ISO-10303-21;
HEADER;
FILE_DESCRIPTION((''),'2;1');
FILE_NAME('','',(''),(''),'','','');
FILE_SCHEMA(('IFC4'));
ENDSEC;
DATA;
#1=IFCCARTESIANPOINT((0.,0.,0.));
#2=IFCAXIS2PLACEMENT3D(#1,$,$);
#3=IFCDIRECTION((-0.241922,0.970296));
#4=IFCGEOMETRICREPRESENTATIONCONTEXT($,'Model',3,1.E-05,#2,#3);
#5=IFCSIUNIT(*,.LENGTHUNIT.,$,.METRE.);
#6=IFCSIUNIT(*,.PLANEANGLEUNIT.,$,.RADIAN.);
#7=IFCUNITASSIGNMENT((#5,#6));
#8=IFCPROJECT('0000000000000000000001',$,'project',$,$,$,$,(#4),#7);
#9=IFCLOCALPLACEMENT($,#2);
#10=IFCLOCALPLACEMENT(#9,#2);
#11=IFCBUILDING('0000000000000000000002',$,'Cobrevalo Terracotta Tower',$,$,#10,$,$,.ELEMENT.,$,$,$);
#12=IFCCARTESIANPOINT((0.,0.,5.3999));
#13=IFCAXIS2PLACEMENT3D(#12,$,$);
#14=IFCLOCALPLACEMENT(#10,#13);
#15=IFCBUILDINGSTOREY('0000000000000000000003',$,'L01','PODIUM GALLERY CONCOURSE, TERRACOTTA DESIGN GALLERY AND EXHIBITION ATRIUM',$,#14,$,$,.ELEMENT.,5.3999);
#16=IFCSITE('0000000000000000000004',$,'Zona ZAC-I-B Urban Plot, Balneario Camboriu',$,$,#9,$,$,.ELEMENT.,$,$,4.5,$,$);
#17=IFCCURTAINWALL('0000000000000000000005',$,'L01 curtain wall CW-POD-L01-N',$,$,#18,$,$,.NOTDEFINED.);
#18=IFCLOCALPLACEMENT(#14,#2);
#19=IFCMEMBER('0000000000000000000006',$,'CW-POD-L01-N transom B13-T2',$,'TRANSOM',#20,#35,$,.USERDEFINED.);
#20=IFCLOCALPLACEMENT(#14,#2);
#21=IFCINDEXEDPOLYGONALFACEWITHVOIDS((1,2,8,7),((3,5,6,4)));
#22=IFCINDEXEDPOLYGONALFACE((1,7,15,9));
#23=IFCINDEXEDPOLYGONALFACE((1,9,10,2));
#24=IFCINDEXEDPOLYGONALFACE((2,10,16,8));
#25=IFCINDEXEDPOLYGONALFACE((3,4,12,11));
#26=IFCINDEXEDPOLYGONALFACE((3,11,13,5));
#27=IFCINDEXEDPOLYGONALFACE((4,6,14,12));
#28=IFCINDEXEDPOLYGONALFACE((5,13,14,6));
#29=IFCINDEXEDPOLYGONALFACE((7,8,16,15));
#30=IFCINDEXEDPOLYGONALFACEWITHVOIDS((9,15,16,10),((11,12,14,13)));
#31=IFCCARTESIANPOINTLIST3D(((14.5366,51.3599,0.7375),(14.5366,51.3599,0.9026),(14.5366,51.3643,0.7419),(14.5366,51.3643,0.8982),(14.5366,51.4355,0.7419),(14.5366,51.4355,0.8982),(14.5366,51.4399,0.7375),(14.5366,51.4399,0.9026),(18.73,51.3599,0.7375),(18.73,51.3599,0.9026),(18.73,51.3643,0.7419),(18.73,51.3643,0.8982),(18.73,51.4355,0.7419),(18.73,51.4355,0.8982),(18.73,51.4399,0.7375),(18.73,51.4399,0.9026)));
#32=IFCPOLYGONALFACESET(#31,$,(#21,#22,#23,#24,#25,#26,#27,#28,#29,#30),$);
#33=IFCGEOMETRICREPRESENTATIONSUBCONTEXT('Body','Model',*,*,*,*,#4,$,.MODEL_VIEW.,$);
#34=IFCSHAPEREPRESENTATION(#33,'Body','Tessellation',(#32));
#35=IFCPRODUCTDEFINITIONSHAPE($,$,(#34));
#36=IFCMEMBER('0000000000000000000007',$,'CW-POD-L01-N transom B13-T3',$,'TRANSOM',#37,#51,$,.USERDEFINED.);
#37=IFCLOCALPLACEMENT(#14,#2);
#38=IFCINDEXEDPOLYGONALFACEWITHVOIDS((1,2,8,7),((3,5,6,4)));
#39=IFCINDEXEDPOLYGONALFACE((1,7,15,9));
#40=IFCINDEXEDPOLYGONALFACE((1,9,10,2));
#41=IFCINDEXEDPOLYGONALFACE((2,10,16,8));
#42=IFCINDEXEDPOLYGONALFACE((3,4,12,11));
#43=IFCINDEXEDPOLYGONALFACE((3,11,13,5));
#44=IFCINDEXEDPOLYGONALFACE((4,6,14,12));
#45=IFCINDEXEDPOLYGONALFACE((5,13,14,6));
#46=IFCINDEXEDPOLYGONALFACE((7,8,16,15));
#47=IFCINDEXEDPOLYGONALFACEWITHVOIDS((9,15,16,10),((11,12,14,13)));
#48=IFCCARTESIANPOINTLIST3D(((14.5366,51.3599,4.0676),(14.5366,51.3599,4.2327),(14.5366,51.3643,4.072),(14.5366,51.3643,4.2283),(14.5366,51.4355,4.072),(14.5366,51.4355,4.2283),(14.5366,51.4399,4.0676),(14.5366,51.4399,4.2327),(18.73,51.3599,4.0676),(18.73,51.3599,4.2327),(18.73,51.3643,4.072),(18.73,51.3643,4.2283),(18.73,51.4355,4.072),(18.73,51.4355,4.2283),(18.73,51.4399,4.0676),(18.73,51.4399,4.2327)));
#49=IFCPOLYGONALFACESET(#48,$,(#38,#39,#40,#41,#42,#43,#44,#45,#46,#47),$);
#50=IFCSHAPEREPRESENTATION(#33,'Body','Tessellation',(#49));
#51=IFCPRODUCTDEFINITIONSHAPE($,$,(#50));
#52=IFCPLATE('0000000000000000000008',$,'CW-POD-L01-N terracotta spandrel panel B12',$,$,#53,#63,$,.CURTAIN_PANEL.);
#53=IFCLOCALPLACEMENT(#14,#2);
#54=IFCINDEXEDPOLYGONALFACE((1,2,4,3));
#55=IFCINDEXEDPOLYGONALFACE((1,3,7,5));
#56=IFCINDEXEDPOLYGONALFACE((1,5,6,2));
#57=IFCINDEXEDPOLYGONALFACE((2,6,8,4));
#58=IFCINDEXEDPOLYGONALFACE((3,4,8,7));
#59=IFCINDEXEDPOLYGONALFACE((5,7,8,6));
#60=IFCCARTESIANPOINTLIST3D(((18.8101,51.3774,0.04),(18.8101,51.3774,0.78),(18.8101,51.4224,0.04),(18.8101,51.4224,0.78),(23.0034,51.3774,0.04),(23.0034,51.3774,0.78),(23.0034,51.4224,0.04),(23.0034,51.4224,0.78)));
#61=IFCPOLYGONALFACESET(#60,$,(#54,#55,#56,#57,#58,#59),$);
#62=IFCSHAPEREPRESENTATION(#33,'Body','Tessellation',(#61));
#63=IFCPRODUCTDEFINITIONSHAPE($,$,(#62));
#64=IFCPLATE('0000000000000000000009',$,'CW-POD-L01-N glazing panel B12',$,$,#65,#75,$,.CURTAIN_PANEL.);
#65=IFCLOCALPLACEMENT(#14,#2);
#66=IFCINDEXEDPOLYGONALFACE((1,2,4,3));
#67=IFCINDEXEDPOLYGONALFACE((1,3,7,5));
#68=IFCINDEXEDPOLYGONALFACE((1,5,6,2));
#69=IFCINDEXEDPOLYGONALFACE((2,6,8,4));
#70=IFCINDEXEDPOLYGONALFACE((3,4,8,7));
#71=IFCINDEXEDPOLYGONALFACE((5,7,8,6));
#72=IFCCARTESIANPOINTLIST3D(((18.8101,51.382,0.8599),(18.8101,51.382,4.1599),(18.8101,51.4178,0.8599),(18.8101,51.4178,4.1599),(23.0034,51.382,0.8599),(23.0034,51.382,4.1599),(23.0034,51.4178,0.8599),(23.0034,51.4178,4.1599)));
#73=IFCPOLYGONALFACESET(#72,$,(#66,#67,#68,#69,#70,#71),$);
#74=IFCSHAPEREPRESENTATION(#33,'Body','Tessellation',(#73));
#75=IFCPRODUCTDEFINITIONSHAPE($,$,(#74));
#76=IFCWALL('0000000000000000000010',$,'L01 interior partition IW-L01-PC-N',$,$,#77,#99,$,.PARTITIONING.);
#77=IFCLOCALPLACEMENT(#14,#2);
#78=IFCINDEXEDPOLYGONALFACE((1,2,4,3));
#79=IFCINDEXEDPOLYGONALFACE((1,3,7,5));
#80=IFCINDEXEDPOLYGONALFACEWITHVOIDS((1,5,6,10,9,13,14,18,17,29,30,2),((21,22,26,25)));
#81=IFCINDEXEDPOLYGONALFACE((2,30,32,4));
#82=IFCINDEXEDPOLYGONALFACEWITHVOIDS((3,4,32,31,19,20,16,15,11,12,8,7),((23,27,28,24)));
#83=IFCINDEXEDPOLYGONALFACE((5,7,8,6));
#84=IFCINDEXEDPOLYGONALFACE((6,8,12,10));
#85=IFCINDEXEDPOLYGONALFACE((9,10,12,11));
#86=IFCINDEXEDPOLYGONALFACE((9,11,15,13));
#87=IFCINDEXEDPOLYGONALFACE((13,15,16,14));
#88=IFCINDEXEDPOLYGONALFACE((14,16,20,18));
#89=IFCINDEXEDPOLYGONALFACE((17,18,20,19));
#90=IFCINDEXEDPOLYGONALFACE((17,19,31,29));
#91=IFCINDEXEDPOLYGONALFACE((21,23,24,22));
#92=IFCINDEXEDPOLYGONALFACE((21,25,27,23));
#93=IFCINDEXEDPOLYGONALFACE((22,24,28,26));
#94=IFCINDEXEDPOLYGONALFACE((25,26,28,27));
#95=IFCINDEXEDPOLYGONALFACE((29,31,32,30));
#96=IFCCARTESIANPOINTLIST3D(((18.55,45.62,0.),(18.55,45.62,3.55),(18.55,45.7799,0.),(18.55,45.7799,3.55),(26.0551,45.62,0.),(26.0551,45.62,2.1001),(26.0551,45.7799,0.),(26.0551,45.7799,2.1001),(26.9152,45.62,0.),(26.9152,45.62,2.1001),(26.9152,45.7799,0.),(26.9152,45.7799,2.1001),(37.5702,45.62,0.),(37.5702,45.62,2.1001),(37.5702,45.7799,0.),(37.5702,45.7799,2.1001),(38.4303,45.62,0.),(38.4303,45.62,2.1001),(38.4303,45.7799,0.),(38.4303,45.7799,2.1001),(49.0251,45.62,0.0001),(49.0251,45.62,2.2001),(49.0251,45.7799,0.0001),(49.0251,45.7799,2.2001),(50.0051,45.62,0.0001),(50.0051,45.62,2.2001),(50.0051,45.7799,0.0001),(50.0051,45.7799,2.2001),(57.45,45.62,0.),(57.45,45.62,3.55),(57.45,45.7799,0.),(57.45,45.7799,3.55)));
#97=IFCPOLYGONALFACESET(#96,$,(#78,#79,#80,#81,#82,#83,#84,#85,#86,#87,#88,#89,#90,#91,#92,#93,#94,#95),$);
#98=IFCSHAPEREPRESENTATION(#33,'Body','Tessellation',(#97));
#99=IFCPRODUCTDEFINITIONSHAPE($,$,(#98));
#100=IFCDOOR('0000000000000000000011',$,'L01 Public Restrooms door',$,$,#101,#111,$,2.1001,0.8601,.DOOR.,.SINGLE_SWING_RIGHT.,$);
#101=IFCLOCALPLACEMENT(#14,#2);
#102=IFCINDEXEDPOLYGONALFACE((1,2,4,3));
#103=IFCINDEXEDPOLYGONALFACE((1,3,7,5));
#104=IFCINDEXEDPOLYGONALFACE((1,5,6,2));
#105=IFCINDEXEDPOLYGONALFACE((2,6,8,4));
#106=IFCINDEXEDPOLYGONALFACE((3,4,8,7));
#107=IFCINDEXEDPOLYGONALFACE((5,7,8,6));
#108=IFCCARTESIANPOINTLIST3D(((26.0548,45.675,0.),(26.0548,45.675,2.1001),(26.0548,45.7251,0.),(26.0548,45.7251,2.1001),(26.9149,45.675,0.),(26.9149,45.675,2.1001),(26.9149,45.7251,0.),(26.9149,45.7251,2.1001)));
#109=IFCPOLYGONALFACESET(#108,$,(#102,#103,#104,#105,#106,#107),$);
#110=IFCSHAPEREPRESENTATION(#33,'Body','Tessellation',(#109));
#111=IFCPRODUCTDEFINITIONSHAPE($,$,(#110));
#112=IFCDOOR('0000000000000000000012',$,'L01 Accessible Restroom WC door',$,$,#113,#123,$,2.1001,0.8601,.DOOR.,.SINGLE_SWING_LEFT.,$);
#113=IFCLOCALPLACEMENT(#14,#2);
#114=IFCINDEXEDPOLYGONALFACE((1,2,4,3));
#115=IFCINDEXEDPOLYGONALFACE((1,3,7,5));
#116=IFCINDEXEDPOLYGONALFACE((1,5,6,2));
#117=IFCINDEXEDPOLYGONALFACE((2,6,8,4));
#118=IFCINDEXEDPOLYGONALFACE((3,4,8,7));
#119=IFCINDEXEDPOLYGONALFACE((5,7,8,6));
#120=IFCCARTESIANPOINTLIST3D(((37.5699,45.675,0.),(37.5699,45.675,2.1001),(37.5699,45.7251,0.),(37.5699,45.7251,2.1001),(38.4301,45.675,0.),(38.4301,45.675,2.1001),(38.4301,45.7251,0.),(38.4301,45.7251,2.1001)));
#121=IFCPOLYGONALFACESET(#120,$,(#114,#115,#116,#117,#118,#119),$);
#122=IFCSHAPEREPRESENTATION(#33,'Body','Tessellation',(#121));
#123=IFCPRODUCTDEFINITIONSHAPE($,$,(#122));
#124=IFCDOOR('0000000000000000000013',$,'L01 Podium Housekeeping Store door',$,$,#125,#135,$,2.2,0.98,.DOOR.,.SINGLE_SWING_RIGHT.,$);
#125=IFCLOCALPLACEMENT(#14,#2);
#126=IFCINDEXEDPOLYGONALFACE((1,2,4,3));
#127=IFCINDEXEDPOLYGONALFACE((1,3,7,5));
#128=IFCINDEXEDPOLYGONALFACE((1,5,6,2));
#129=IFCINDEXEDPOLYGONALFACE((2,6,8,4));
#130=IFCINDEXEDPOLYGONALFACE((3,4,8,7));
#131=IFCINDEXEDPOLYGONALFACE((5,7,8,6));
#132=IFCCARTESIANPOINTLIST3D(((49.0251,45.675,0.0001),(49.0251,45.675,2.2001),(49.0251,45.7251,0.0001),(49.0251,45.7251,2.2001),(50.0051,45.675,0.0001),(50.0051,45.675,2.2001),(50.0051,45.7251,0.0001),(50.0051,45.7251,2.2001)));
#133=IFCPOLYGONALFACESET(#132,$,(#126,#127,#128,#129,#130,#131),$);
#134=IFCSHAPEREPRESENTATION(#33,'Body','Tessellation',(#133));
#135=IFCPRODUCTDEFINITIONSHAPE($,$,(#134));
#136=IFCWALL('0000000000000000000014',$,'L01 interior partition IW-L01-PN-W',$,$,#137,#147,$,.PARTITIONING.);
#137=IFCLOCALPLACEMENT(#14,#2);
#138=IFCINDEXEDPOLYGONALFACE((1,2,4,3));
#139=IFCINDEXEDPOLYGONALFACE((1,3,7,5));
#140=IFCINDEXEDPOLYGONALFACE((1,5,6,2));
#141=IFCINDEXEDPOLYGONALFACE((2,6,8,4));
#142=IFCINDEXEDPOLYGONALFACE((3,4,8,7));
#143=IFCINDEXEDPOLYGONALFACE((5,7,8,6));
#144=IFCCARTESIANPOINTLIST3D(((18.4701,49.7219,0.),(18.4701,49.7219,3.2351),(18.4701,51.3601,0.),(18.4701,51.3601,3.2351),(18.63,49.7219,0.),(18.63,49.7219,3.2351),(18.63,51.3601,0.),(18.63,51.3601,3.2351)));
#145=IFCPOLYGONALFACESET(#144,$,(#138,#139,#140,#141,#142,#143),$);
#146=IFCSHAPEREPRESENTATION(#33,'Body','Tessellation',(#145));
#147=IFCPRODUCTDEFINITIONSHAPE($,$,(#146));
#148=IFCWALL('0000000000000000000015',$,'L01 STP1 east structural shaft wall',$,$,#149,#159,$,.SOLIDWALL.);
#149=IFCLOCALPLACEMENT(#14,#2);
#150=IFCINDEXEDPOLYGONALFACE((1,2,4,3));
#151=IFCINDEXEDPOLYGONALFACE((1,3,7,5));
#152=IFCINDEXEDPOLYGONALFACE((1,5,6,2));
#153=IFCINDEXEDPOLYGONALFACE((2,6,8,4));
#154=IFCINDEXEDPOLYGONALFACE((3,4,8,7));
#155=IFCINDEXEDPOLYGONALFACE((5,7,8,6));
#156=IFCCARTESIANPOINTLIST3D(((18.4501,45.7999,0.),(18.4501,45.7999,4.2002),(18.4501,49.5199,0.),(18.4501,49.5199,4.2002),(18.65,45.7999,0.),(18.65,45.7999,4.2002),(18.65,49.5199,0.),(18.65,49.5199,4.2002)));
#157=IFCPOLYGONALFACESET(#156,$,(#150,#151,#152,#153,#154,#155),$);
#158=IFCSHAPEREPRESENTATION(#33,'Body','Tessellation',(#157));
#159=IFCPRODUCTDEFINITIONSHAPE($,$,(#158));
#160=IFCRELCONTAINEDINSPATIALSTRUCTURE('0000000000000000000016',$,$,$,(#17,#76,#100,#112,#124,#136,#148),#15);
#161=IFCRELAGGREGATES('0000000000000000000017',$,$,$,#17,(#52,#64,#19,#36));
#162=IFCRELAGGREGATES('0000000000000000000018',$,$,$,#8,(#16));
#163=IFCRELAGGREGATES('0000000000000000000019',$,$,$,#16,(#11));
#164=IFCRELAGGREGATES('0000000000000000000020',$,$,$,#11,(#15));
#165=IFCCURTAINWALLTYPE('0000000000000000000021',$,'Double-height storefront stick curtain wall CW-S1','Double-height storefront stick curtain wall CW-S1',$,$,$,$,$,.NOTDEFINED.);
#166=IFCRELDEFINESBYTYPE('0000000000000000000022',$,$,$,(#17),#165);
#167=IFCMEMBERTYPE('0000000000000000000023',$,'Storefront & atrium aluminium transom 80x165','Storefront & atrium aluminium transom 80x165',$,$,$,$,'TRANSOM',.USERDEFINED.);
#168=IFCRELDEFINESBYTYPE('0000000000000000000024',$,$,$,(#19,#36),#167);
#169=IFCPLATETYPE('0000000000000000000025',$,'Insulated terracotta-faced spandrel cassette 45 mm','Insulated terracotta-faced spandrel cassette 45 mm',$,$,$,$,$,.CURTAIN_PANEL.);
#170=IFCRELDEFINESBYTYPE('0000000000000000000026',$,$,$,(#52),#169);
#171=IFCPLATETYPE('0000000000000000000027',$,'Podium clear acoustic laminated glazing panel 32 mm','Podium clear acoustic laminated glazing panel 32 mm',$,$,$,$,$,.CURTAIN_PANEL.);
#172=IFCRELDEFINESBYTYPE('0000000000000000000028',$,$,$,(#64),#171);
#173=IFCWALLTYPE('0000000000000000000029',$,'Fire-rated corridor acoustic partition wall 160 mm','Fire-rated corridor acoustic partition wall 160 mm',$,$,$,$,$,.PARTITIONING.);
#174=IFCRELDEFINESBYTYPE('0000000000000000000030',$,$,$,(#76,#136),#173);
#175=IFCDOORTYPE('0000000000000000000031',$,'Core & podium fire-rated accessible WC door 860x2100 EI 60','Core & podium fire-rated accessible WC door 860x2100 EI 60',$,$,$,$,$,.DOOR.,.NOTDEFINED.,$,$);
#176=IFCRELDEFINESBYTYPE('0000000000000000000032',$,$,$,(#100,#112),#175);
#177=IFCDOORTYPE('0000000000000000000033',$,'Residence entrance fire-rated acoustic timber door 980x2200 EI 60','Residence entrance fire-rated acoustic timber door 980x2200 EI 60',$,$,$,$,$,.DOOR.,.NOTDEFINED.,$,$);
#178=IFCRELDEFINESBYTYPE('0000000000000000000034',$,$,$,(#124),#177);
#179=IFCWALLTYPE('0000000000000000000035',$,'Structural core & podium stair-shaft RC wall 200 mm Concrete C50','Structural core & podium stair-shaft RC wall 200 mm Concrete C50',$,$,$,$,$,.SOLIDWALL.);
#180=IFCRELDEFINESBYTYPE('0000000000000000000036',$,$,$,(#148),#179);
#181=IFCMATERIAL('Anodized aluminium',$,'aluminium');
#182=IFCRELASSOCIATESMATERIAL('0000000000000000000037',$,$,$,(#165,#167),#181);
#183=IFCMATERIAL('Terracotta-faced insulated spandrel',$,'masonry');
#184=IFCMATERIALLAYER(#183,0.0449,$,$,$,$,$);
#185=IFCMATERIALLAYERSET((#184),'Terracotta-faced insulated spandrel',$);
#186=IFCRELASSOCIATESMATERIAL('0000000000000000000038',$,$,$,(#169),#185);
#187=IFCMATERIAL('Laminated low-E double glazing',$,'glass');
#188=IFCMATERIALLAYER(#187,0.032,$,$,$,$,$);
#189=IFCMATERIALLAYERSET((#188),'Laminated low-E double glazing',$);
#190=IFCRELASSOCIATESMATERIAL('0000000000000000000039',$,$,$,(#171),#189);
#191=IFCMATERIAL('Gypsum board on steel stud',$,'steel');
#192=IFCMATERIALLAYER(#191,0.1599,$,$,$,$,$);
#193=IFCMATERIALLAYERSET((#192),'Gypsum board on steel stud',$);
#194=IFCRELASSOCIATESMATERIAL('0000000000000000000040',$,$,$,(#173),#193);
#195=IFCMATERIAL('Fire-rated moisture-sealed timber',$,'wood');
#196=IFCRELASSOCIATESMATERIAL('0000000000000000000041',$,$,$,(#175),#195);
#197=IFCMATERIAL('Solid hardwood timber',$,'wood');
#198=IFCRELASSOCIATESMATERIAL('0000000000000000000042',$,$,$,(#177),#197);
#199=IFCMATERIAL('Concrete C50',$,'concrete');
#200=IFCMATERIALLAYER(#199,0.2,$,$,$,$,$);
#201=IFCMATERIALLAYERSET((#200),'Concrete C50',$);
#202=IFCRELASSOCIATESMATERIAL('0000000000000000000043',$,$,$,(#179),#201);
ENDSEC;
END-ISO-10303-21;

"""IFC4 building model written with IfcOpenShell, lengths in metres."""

from ifc_helpers import new_model, si_unit, direction, frame, frame_2d, origin, origin_2d, place, context, subcontext, project, spatial, rectangle, hollow_rectangle, extrude, source, transform, mapped, material, layer, layer_set, material_profile, profile_set, type_object, element, fill, aggregate, save


model = new_model("IFC4")

# Units and contexts
model_context = context("Model", 3, precision=1e-05, world=origin(), true_north=direction((-0.241922, 0.970296)))
body_context = subcontext(model_context, "Body", "Model", "MODEL_VIEW")
ifc_project = project(units=[si_unit("LENGTHUNIT", "METRE"), si_unit("PLANEANGLEUNIT", "RADIAN")], contexts=[model_context])

# Site, building, storey
site_placement = place(None, origin())
site = spatial("IfcSite", under=ifc_project, at=site_placement, Name="Zona ZAC-I-B Urban Plot, Balneario Camboriu", CompositionType="ELEMENT", RefElevation=4.5)
building_placement = place(site_placement, origin())
building = spatial("IfcBuilding", under=site, at=building_placement, Name="Cobrevalo Terracotta Tower", CompositionType="ELEMENT")
storey_placement = place(building_placement, frame((0.0, 0.0, 5.3999)))
storey = spatial("IfcBuildingStorey", under=building, at=storey_placement, Name="L01", Description="PODIUM GALLERY CONCOURSE, TERRACOTTA DESIGN GALLERY AND EXHIBITION ATRIUM", CompositionType="ELEMENT", Elevation=5.3999)

# Shared definitions
ifc_material_1 = material(Name="Concrete C50", Category="concrete")

# Curtain wall, members, plates
ifc_material_2 = material(Name="Anodized aluminium", Category="aluminium")
curtain_wall_type = type_object("IfcCurtainWallType", Name="Double-height storefront stick curtain wall CW-S1", Description="Double-height storefront stick curtain wall CW-S1", PredefinedType="NOTDEFINED", material=ifc_material_2)
curtain_wall_placement = place(storey_placement, origin())
curtain_wall = element("IfcCurtainWall", 1, at=curtain_wall_placement, inside=storey, type_object=curtain_wall_type, Name="L01 curtain wall CW-POD-L01-N", PredefinedType="NOTDEFINED")
ifc_material_profile_1 = material_profile(ifc_material_2, hollow_rectangle(XDim=0.0801, YDim=0.165, WallThickness=0.0044, at=origin_2d()), Name="CWT 80x165")
ifc_profile_set_1 = profile_set([ifc_material_profile_1], Name="Anodized aluminium")
member_type_1 = type_object("IfcMemberType", Name="Storefront & atrium aluminium transom 80x165", Description="Storefront & atrium aluminium transom 80x165", ElementType="TRANSOM", PredefinedType="USERDEFINED", material=ifc_profile_set_1)
shared_shape_1 = source(origin(), body_context, "Body", "SweptSolid", [
    extrude(hollow_rectangle(XDim=0.0801, YDim=0.165, WallThickness=0.0044, at=origin_2d()), origin(), (0.0, 0.0, 1.0), 4.1934),
])
member_1_placement = place(storey_placement, frame((18.73, 51.3999, 0.8201), z_axis=(-1.0, 0.0, 0.0), x_axis=(0.0, -1.0, 0.0)))
member_1 = element("IfcMember", 2, at=member_1_placement, type_object=member_type_1, Name="CW-POD-L01-N transom B13-T2", ObjectType="TRANSOM", PredefinedType="USERDEFINED", context=body_context, shape_type="MappedRepresentation", body=[
    mapped(shared_shape_1, transform((0.0, 0.0, 0.0), scale=1.0)),
])
member_2_placement = place(storey_placement, frame((18.73, 51.3999, 4.1501), z_axis=(-1.0, 0.0, 0.0), x_axis=(0.0, -1.0, 0.0)))
member_2 = element("IfcMember", 3, at=member_2_placement, type_object=member_type_1, Name="CW-POD-L01-N transom B13-T3", ObjectType="TRANSOM", PredefinedType="USERDEFINED", context=body_context, shape_type="MappedRepresentation", body=[
    mapped(shared_shape_1, transform((0.0, 0.0, 0.0), scale=1.0)),
])
ifc_material_3 = material(Name="Terracotta-faced insulated spandrel", Category="masonry")
ifc_layer_1 = layer(ifc_material_3, 0.0449)
ifc_layer_set_1 = layer_set([ifc_layer_1], Name="Terracotta-faced insulated spandrel")
plate_type_1 = type_object("IfcPlateType", Name="Insulated terracotta-faced spandrel cassette 45 mm", Description="Insulated terracotta-faced spandrel cassette 45 mm", PredefinedType="CURTAIN_PANEL", material=ifc_layer_set_1)
shared_shape_2 = source(origin(), body_context, "Body", "SweptSolid", [
    extrude(rectangle(XDim=4.1934, YDim=0.0449, at=origin_2d()), origin(), (0.0, 0.0, 1.0), 0.74),
])
plate_1_placement = place(storey_placement, frame((20.9067, 51.3999, 0.04), z_axis=(0.0, 0.0, 1.0), x_axis=(-1.0, 0.0, 0.0)))
plate_1 = element("IfcPlate", 4, at=plate_1_placement, type_object=plate_type_1, Name="CW-POD-L01-N terracotta spandrel panel B12", PredefinedType="CURTAIN_PANEL", context=body_context, shape_type="MappedRepresentation", body=[
    mapped(shared_shape_2, transform((0.0, 0.0, 0.0), scale=1.0)),
])
ifc_material_4 = material(Name="Laminated low-E double glazing", Category="glass")
ifc_layer_2 = layer(ifc_material_4, 0.032)
ifc_layer_set_2 = layer_set([ifc_layer_2], Name="Laminated low-E double glazing")
plate_type_2 = type_object("IfcPlateType", Name="Podium clear acoustic laminated glazing panel 32 mm", Description="Podium clear acoustic laminated glazing panel 32 mm", PredefinedType="CURTAIN_PANEL", material=ifc_layer_set_2)
shared_shape_3 = source(origin(), body_context, "Body", "SweptSolid", [
    extrude(rectangle(XDim=4.1934, YDim=0.0359, at=origin_2d()), origin(), (0.0, 0.0, 1.0), 3.3),
])
plate_2_placement = place(storey_placement, frame((20.9067, 51.3999, 0.8599), z_axis=(0.0, 0.0, 1.0), x_axis=(-1.0, 0.0, 0.0)))
plate_2 = element("IfcPlate", 5, at=plate_2_placement, type_object=plate_type_2, Name="CW-POD-L01-N glazing panel B12", PredefinedType="CURTAIN_PANEL", context=body_context, shape_type="MappedRepresentation", body=[
    mapped(shared_shape_3, transform((0.0, 0.0, 0.0), scale=1.0)),
])
aggregate(curtain_wall, [plate_1, plate_2, member_1, member_2])

# Wall, openings, doors
ifc_material_5 = material(Name="Gypsum board on steel stud", Category="steel")
ifc_layer_3 = layer(ifc_material_5, 0.1599)
ifc_layer_set_3 = layer_set([ifc_layer_3], Name="Gypsum board on steel stud")
wall_type_1 = type_object("IfcWallType", Name="Fire-rated corridor acoustic partition wall 160 mm", Description="Fire-rated corridor acoustic partition wall 160 mm", PredefinedType="PARTITIONING", material=ifc_layer_set_3)
wall_1_placement = place(storey_placement, frame((18.55, 45.7, 0.0), z_axis=(0.0, 0.0, 1.0), x_axis=(1.0, 0.0, 0.0)))
wall_1 = element("IfcWall", 6, at=wall_1_placement, inside=storey, type_object=wall_type_1, Name="L01 interior partition IW-L01-PC-N", PredefinedType="PARTITIONING", context=body_context, shape_type="SweptSolid", body=[
    extrude(rectangle(XDim=38.8999, YDim=0.1599, at=frame_2d((19.45, 0.0))), origin(), (0.0, 0.0, 1.0), 3.55),
])
opening_1_placement = place(wall_1_placement, frame((7.5049, 0.0, 0.0)))
opening_1 = element("IfcOpeningElement", 7, at=opening_1_placement, cuts=wall_1, PredefinedType="OPENING", context=body_context, shape_type="SweptSolid", body=[
    extrude(rectangle(XDim=0.8601, YDim=2.1001, at=frame_2d((0.4302, 1.05))), frame((0.0, 0.0898, 0.0), z_axis=(0.0, -1.0, 0.0), x_axis=(1.0, 0.0, 0.0)), (0.0, 0.0, 1.0), 0.1799),
])
opening_2_placement = place(wall_1_placement, frame((19.02, 0.0, 0.0)))
opening_2 = element("IfcOpeningElement", 8, at=opening_2_placement, cuts=wall_1, PredefinedType="OPENING", context=body_context, shape_type="SweptSolid", body=[
    extrude(rectangle(XDim=0.8601, YDim=2.1001, at=frame_2d((0.4302, 1.05))), frame((0.0, 0.0898, 0.0), z_axis=(0.0, -1.0, 0.0), x_axis=(1.0, 0.0, 0.0)), (0.0, 0.0, 1.0), 0.1799),
])
opening_3_placement = place(wall_1_placement, frame((30.4751, 0.0, 0.0)))
opening_3 = element("IfcOpeningElement", 9, at=opening_3_placement, cuts=wall_1, PredefinedType="OPENING", context=body_context, shape_type="SweptSolid", body=[
    extrude(rectangle(XDim=0.98, YDim=2.2, at=frame_2d((0.49, 1.1001))), frame((0.0, 0.0898, 0.0), z_axis=(0.0, -1.0, 0.0), x_axis=(1.0, 0.0, 0.0)), (0.0, 0.0, 1.0), 0.1799),
])
ifc_material_6 = material(Name="Fire-rated moisture-sealed timber", Category="wood")
door_type_1 = type_object("IfcDoorType", Name="Core & podium fire-rated accessible WC door 860x2100 EI 60", Description="Core & podium fire-rated accessible WC door 860x2100 EI 60", OperationType="NOTDEFINED", PredefinedType="DOOR", material=ifc_material_6)
shared_shape_4 = source(origin(), body_context, "Body", "SweptSolid", [
    extrude(rectangle(XDim=0.8601, YDim=2.1001, at=frame_2d((0.4302, 1.05))), frame((0.0, 0.0249, 0.0), z_axis=(0.0, -1.0, 0.0), x_axis=(1.0, 0.0, 0.0)), (0.0, 0.0, 1.0), 0.05),
])
door_1_placement = place(opening_1_placement, frame((0.8601, 0.0, 0.0), z_axis=(0.0, 0.0, 1.0), x_axis=(-1.0, 0.0, 0.0)))
door_1 = element("IfcDoor", 10, at=door_1_placement, inside=storey, type_object=door_type_1, Name="L01 Public Restrooms door", OperationType="SINGLE_SWING_RIGHT", OverallHeight=2.1001, OverallWidth=0.8601, PredefinedType="DOOR", context=body_context, shape_type="MappedRepresentation", body=[
    mapped(shared_shape_4, transform((0.0, 0.0, 0.0), scale=1.0)),
])
fill(opening_1, door_1)
door_2_placement = place(opening_2_placement, frame((0.8601, 0.0, 0.0), z_axis=(0.0, 0.0, 1.0), x_axis=(-1.0, 0.0, 0.0)))
door_2 = element("IfcDoor", 11, at=door_2_placement, inside=storey, type_object=door_type_1, Name="L01 Accessible Restroom WC door", OperationType="SINGLE_SWING_LEFT", OverallHeight=2.1001, OverallWidth=0.8601, PredefinedType="DOOR", context=body_context, shape_type="MappedRepresentation", body=[
    mapped(shared_shape_4, transform((0.0, 0.0, 0.0), scale=1.0)),
])
fill(opening_2, door_2)
ifc_material_7 = material(Name="Solid hardwood timber", Category="wood")
door_type_2 = type_object("IfcDoorType", Name="Residence entrance fire-rated acoustic timber door 980x2200 EI 60", Description="Residence entrance fire-rated acoustic timber door 980x2200 EI 60", OperationType="NOTDEFINED", PredefinedType="DOOR", material=ifc_material_7)
shared_shape_5 = source(origin(), body_context, "Body", "SweptSolid", [
    extrude(rectangle(XDim=0.98, YDim=2.2, at=frame_2d((0.49, 1.1001))), frame((0.0, 0.0249, 0.0), z_axis=(0.0, -1.0, 0.0), x_axis=(1.0, 0.0, 0.0)), (0.0, 0.0, 1.0), 0.05),
])
door_3_placement = place(opening_3_placement, frame((0.98, 0.0, 0.0), z_axis=(0.0, 0.0, 1.0), x_axis=(-1.0, 0.0, 0.0)))
door_3 = element("IfcDoor", 12, at=door_3_placement, inside=storey, type_object=door_type_2, Name="L01 Podium Housekeeping Store door", OperationType="SINGLE_SWING_RIGHT", OverallHeight=2.2, OverallWidth=0.98, PredefinedType="DOOR", context=body_context, shape_type="MappedRepresentation", body=[
    mapped(shared_shape_5, transform((0.0, 0.0, 0.0), scale=1.0)),
])
fill(opening_3, door_3)

# Walls
wall_2_placement = place(storey_placement, frame((18.55, 49.7219, 0.0), z_axis=(0.0, 0.0, 1.0), x_axis=(0.0, 1.0, 0.0)))
element("IfcWall", 13, at=wall_2_placement, inside=storey, type_object=wall_type_1, Name="L01 interior partition IW-L01-PN-W", PredefinedType="PARTITIONING", context=body_context, shape_type="SweptSolid", body=[
    extrude(rectangle(XDim=1.6382, YDim=0.1599, at=frame_2d((0.8191, 0.0))), origin(), (0.0, 0.0, 1.0), 3.2351),
])
ifc_layer_4 = layer(ifc_material_1, 0.2)
ifc_layer_set_4 = layer_set([ifc_layer_4], Name="Concrete C50")
wall_type_2 = type_object("IfcWallType", Name="Structural core & podium stair-shaft RC wall 200 mm Concrete C50", Description="Structural core & podium stair-shaft RC wall 200 mm Concrete C50", PredefinedType="SOLIDWALL", material=ifc_layer_set_4)
wall_3_placement = place(storey_placement, frame((18.55, 45.8, 0.0), z_axis=(0.0, 0.0, 1.0), x_axis=(0.0, 1.0, 0.0)))
element("IfcWall", 14, at=wall_3_placement, inside=storey, type_object=wall_type_2, Name="L01 STP1 east structural shaft wall", PredefinedType="SOLIDWALL", context=body_context, shape_type="SweptSolid", body=[
    extrude(rectangle(XDim=3.72, YDim=0.2, at=frame_2d((1.8599, 0.0))), origin(), (0.0, 0.0, 1.0), 4.2002),
])

save(model, "model.ifc")
